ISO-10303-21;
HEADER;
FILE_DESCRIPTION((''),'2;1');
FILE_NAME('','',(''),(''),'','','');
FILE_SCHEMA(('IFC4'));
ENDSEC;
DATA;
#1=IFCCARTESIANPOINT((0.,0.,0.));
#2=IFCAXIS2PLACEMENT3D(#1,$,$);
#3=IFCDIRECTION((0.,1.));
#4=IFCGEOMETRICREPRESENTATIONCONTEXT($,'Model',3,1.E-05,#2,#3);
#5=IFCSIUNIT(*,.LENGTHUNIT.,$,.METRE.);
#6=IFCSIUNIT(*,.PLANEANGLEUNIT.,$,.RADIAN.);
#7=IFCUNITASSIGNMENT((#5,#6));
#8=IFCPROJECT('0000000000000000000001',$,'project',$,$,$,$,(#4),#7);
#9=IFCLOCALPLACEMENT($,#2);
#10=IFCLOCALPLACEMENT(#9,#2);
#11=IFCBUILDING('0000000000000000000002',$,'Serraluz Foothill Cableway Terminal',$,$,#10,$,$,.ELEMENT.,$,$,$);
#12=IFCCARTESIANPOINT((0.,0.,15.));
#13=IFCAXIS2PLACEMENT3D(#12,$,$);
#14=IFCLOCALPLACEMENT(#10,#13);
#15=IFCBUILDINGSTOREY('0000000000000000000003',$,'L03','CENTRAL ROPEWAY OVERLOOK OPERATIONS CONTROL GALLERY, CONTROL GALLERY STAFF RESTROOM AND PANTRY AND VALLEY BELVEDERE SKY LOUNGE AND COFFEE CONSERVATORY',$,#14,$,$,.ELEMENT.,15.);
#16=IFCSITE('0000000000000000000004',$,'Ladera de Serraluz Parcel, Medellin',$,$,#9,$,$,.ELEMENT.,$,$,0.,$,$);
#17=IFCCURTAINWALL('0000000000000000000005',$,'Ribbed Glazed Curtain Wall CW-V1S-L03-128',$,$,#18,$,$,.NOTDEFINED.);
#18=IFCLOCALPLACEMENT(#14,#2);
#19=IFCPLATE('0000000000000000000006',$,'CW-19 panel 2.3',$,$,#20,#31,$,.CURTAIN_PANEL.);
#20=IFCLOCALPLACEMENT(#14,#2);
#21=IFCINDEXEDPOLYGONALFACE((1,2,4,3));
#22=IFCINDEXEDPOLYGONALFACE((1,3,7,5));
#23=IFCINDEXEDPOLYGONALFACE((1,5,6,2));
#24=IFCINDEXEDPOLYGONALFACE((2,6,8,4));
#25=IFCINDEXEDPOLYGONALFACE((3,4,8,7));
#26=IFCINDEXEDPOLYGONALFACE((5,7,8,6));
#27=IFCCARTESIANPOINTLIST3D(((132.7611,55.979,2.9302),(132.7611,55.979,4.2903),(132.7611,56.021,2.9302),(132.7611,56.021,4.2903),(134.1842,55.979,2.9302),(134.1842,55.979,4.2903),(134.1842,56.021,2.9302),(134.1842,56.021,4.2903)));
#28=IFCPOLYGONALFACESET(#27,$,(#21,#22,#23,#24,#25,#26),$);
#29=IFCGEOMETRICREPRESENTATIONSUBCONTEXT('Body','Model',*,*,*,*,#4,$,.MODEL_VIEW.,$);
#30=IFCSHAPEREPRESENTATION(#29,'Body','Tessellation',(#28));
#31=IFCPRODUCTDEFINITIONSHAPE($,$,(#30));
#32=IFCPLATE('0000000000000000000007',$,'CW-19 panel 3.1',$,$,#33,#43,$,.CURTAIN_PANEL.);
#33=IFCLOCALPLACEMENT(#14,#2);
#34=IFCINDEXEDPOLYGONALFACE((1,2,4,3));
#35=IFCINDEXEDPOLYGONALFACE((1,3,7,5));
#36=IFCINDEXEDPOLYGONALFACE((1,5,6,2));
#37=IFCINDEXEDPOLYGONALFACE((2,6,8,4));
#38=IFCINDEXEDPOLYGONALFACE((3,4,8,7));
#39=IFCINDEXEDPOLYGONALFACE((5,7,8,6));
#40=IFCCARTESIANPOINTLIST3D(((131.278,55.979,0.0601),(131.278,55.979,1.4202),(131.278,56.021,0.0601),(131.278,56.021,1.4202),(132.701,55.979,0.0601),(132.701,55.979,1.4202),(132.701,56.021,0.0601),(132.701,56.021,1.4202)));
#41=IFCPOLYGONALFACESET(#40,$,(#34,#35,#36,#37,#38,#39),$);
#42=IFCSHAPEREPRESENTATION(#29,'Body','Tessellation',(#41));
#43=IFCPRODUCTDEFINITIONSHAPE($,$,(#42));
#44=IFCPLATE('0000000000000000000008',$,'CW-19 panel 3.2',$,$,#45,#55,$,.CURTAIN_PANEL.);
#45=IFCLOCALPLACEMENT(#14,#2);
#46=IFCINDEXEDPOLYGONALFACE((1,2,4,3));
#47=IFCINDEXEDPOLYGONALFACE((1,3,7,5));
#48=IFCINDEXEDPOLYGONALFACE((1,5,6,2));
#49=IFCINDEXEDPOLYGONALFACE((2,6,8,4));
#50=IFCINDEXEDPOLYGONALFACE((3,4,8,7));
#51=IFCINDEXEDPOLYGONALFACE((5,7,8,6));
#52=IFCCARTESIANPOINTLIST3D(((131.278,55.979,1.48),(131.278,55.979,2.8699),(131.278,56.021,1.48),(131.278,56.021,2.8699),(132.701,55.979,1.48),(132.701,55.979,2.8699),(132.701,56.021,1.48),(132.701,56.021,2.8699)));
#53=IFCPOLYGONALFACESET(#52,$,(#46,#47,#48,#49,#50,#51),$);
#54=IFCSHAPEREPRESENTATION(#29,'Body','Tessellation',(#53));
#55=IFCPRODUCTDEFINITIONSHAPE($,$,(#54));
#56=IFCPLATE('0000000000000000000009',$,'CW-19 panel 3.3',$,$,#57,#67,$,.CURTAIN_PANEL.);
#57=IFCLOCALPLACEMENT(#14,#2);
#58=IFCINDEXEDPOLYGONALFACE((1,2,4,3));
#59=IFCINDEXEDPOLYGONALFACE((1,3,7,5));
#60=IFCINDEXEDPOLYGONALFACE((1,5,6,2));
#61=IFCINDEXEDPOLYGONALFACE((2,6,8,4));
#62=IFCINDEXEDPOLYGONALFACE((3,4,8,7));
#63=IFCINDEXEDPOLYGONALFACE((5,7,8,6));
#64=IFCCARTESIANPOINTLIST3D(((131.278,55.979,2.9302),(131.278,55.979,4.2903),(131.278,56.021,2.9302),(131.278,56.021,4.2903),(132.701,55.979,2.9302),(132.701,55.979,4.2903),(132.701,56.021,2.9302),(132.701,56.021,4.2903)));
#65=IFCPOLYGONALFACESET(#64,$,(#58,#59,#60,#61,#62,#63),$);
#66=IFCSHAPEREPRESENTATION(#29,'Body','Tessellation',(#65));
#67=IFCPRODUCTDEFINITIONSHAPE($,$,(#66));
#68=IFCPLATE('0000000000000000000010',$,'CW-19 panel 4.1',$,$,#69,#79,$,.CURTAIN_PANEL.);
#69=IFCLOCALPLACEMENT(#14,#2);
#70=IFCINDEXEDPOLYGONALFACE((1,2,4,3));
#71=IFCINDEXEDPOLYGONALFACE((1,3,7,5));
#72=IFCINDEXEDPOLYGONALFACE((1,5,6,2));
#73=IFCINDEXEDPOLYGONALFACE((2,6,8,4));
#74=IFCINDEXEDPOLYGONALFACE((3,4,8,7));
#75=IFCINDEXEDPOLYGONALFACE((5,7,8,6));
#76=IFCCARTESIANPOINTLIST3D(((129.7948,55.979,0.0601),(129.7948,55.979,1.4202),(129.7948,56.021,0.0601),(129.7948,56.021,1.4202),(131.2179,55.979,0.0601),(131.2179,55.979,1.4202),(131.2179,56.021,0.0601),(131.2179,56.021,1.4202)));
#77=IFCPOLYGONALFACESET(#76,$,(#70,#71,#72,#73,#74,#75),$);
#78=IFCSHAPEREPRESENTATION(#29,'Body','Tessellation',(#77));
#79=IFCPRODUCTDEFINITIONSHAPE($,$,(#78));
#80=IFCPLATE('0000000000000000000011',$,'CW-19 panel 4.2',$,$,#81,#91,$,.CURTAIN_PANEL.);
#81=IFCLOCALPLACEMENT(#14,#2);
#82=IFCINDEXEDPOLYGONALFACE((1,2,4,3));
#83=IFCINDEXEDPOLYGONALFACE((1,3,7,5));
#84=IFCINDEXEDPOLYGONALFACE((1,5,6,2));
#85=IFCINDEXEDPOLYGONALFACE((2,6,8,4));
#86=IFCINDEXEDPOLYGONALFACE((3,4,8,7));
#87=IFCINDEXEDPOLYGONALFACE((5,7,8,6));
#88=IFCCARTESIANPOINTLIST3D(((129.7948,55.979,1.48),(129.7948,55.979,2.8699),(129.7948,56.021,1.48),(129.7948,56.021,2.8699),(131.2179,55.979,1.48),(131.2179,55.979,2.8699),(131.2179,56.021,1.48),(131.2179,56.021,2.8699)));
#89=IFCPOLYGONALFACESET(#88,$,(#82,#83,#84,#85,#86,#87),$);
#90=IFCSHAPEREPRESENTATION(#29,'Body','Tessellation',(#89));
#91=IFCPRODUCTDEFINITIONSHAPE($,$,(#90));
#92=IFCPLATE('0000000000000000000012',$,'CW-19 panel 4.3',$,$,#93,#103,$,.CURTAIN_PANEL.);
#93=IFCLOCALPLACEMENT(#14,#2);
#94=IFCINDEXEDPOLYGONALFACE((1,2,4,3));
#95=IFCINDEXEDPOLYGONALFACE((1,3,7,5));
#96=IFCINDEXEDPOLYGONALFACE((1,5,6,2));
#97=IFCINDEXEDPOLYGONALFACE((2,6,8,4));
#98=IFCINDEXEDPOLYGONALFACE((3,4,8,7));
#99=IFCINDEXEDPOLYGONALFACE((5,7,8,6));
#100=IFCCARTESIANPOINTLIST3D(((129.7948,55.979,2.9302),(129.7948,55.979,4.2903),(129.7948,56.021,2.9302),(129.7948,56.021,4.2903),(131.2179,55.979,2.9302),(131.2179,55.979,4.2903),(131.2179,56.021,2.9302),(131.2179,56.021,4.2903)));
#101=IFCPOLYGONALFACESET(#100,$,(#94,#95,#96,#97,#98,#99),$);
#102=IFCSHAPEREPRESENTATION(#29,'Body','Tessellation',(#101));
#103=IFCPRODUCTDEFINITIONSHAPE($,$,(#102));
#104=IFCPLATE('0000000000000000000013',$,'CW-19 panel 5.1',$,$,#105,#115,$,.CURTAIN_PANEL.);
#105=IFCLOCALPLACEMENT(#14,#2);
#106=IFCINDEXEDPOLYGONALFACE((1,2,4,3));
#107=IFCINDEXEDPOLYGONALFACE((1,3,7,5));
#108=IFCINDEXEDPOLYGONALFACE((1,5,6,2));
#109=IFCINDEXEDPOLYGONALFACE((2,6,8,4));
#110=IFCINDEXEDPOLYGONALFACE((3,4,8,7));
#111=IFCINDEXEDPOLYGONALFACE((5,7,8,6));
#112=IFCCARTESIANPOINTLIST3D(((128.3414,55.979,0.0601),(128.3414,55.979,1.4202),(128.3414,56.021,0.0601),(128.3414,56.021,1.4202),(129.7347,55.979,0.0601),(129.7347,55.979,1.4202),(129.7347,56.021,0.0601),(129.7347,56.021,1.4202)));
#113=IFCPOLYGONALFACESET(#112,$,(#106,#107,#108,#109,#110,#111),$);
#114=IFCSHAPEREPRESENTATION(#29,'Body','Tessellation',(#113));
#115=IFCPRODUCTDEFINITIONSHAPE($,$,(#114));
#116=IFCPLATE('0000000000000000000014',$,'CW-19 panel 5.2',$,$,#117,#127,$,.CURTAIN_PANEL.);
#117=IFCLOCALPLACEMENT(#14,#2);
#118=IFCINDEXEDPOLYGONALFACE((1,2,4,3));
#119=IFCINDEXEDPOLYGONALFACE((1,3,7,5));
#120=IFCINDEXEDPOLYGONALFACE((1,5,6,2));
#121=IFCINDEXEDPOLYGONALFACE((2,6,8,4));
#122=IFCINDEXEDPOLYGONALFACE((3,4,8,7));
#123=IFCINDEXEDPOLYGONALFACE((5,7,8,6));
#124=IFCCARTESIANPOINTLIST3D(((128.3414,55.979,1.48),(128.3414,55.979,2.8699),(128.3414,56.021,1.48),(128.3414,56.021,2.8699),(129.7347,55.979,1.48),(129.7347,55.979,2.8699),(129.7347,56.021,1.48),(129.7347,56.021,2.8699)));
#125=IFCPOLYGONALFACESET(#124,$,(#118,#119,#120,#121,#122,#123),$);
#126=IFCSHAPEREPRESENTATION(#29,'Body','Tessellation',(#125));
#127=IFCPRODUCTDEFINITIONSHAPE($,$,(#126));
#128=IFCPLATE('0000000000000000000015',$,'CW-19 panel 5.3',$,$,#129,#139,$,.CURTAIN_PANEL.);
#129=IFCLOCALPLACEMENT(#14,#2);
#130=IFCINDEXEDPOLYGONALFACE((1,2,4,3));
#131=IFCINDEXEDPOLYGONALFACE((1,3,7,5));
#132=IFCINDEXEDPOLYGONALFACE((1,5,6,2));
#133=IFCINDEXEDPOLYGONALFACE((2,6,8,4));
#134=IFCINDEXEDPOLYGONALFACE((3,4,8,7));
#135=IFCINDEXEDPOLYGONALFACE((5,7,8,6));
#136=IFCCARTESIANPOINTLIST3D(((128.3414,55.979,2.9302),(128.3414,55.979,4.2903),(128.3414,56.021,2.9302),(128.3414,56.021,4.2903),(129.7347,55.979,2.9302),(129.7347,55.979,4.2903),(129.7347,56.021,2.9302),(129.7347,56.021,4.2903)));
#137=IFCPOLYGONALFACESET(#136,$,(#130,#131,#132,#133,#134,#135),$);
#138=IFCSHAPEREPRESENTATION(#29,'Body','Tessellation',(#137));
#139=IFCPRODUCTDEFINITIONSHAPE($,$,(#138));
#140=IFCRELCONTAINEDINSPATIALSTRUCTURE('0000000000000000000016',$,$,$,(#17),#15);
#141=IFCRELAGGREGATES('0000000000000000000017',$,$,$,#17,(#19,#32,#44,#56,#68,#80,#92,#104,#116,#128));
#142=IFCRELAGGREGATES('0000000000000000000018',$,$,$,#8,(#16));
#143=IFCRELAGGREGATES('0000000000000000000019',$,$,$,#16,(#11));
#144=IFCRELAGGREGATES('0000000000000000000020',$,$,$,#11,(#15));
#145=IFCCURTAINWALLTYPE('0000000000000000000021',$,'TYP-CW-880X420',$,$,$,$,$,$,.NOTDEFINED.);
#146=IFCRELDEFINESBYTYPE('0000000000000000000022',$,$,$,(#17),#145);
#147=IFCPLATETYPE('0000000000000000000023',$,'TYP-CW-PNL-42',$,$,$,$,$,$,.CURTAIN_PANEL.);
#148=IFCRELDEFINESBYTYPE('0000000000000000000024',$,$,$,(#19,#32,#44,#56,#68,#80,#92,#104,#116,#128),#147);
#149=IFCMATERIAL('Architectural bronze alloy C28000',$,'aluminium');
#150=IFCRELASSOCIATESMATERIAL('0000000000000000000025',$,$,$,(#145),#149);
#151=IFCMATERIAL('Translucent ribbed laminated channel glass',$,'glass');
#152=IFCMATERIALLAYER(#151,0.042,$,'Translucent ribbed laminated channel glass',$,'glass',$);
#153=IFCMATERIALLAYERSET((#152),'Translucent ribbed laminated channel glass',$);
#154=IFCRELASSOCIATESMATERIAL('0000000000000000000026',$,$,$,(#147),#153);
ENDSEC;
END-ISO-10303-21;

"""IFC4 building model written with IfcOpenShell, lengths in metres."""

from ifc_helpers import new_model, si_unit, direction, frame, origin, origin_2d, place, context, subcontext, project, spatial, rectangle, extrude, material, layer, layer_set, type_object, element, aggregate, save


model = new_model("IFC4")

# Units and contexts
model_context = context("Model", 3, precision=1e-05, world=origin(), true_north=direction((0.0, 1.0)))
body_context = subcontext(model_context, "Body", "Model", "MODEL_VIEW")
ifc_project = project(units=[si_unit("LENGTHUNIT", "METRE"), si_unit("PLANEANGLEUNIT", "RADIAN")], contexts=[model_context])

# Site, building, storey
site_placement = place(None, origin())
site = spatial("IfcSite", under=ifc_project, at=site_placement, Name="Ladera de Serraluz Parcel, Medellin", CompositionType="ELEMENT", RefElevation=0.0)
building_placement = place(site_placement, origin())
building = spatial("IfcBuilding", under=site, at=building_placement, Name="Serraluz Foothill Cableway Terminal", CompositionType="ELEMENT")
storey_placement = place(building_placement, frame((0.0, 0.0, 15.0)))
storey = spatial("IfcBuildingStorey", under=building, at=storey_placement, Name="L03", Description="CENTRAL ROPEWAY OVERLOOK OPERATIONS CONTROL GALLERY, CONTROL GALLERY STAFF RESTROOM AND PANTRY AND VALLEY BELVEDERE SKY LOUNGE AND COFFEE CONSERVATORY", CompositionType="ELEMENT", Elevation=15.0)

# Curtain wall
ifc_material_1 = material(Name="Architectural bronze alloy C28000", Category="aluminium")
curtain_wall_type = type_object("IfcCurtainWallType", Name="TYP-CW-880X420", PredefinedType="NOTDEFINED", material=ifc_material_1)
curtain_wall_placement = place(storey_placement, origin())
curtain_wall = element("IfcCurtainWall", 1, at=curtain_wall_placement, inside=storey, type_object=curtain_wall_type, Name="Ribbed Glazed Curtain Wall CW-V1S-L03-128", PredefinedType="NOTDEFINED")

# Plates
ifc_material_2 = material(Name="Translucent ribbed laminated channel glass", Category="glass")
ifc_layer = layer(ifc_material_2, 0.042, Name="Translucent ribbed laminated channel glass", Category="glass")
ifc_layer_set = layer_set([ifc_layer], Name="Translucent ribbed laminated channel glass")
plate_type = type_object("IfcPlateType", Name="TYP-CW-PNL-42", PredefinedType="CURTAIN_PANEL", material=ifc_layer_set)
plate_1_placement = place(storey_placement, frame((133.4727, 56.0, 2.9302), z_axis=(0.0, 0.0, 1.0), x_axis=(-1.0, 0.0, 0.0)))
plate_1 = element("IfcPlate", 2, at=plate_1_placement, type_object=plate_type, Name="CW-19 panel 2.3", PredefinedType="CURTAIN_PANEL", context=body_context, shape_type="SweptSolid", body=[
    extrude(rectangle(XDim=1.4231, YDim=0.042, at=origin_2d()), origin(), (0.0, 0.0, 1.0), 1.3601),
])
plate_2_placement = place(storey_placement, frame((131.9895, 56.0, 0.0601), z_axis=(0.0, 0.0, 1.0), x_axis=(-1.0, 0.0, 0.0)))
plate_2 = element("IfcPlate", 3, at=plate_2_placement, type_object=plate_type, Name="CW-19 panel 3.1", PredefinedType="CURTAIN_PANEL", context=body_context, shape_type="SweptSolid", body=[
    extrude(rectangle(XDim=1.4231, YDim=0.042, at=origin_2d()), origin(), (0.0, 0.0, 1.0), 1.3601),
])
plate_3_placement = place(storey_placement, frame((131.9895, 56.0, 1.48), z_axis=(0.0, 0.0, 1.0), x_axis=(-1.0, 0.0, 0.0)))
plate_3 = element("IfcPlate", 4, at=plate_3_placement, type_object=plate_type, Name="CW-19 panel 3.2", PredefinedType="CURTAIN_PANEL", context=body_context, shape_type="SweptSolid", body=[
    extrude(rectangle(XDim=1.4231, YDim=0.042, at=origin_2d()), origin(), (0.0, 0.0, 1.0), 1.3899),
])
plate_4_placement = place(storey_placement, frame((131.9895, 56.0, 2.9302), z_axis=(0.0, 0.0, 1.0), x_axis=(-1.0, 0.0, 0.0)))
plate_4 = element("IfcPlate", 5, at=plate_4_placement, type_object=plate_type, Name="CW-19 panel 3.3", PredefinedType="CURTAIN_PANEL", context=body_context, shape_type="SweptSolid", body=[
    extrude(rectangle(XDim=1.4231, YDim=0.042, at=origin_2d()), origin(), (0.0, 0.0, 1.0), 1.3601),
])
plate_5_placement = place(storey_placement, frame((130.5063, 56.0, 0.0601), z_axis=(0.0, 0.0, 1.0), x_axis=(-1.0, 0.0, 0.0)))
plate_5 = element("IfcPlate", 6, at=plate_5_placement, type_object=plate_type, Name="CW-19 panel 4.1", PredefinedType="CURTAIN_PANEL", context=body_context, shape_type="SweptSolid", body=[
    extrude(rectangle(XDim=1.4231, YDim=0.042, at=origin_2d()), origin(), (0.0, 0.0, 1.0), 1.3601),
])
plate_6_placement = place(storey_placement, frame((130.5063, 56.0, 1.48), z_axis=(0.0, 0.0, 1.0), x_axis=(-1.0, 0.0, 0.0)))
plate_6 = element("IfcPlate", 7, at=plate_6_placement, type_object=plate_type, Name="CW-19 panel 4.2", PredefinedType="CURTAIN_PANEL", context=body_context, shape_type="SweptSolid", body=[
    extrude(rectangle(XDim=1.4231, YDim=0.042, at=origin_2d()), origin(), (0.0, 0.0, 1.0), 1.3899),
])
plate_7_placement = place(storey_placement, frame((130.5063, 56.0, 2.9302), z_axis=(0.0, 0.0, 1.0), x_axis=(-1.0, 0.0, 0.0)))
plate_7 = element("IfcPlate", 8, at=plate_7_placement, type_object=plate_type, Name="CW-19 panel 4.3", PredefinedType="CURTAIN_PANEL", context=body_context, shape_type="SweptSolid", body=[
    extrude(rectangle(XDim=1.4231, YDim=0.042, at=origin_2d()), origin(), (0.0, 0.0, 1.0), 1.3601),
])
plate_8_placement = place(storey_placement, frame((129.0381, 56.0, 0.0601), z_axis=(0.0, 0.0, 1.0), x_axis=(-1.0, 0.0, 0.0)))
plate_8 = element("IfcPlate", 9, at=plate_8_placement, type_object=plate_type, Name="CW-19 panel 5.1", PredefinedType="CURTAIN_PANEL", context=body_context, shape_type="SweptSolid", body=[
    extrude(rectangle(XDim=1.3933, YDim=0.042, at=origin_2d()), origin(), (0.0, 0.0, 1.0), 1.3601),
])
plate_9_placement = place(storey_placement, frame((129.0381, 56.0, 1.48), z_axis=(0.0, 0.0, 1.0), x_axis=(-1.0, 0.0, 0.0)))
plate_9 = element("IfcPlate", 10, at=plate_9_placement, type_object=plate_type, Name="CW-19 panel 5.2", PredefinedType="CURTAIN_PANEL", context=body_context, shape_type="SweptSolid", body=[
    extrude(rectangle(XDim=1.3933, YDim=0.042, at=origin_2d()), origin(), (0.0, 0.0, 1.0), 1.3899),
])
plate_10_placement = place(storey_placement, frame((129.0381, 56.0, 2.9302), z_axis=(0.0, 0.0, 1.0), x_axis=(-1.0, 0.0, 0.0)))
plate_10 = element("IfcPlate", 11, at=plate_10_placement, type_object=plate_type, Name="CW-19 panel 5.3", PredefinedType="CURTAIN_PANEL", context=body_context, shape_type="SweptSolid", body=[
    extrude(rectangle(XDim=1.3933, YDim=0.042, at=origin_2d()), origin(), (0.0, 0.0, 1.0), 1.3601),
])
aggregate(curtain_wall, [plate_1, plate_2, plate_3, plate_4, plate_5, plate_6, plate_7, plate_8, plate_9, plate_10])

save(model, "model.ifc")
